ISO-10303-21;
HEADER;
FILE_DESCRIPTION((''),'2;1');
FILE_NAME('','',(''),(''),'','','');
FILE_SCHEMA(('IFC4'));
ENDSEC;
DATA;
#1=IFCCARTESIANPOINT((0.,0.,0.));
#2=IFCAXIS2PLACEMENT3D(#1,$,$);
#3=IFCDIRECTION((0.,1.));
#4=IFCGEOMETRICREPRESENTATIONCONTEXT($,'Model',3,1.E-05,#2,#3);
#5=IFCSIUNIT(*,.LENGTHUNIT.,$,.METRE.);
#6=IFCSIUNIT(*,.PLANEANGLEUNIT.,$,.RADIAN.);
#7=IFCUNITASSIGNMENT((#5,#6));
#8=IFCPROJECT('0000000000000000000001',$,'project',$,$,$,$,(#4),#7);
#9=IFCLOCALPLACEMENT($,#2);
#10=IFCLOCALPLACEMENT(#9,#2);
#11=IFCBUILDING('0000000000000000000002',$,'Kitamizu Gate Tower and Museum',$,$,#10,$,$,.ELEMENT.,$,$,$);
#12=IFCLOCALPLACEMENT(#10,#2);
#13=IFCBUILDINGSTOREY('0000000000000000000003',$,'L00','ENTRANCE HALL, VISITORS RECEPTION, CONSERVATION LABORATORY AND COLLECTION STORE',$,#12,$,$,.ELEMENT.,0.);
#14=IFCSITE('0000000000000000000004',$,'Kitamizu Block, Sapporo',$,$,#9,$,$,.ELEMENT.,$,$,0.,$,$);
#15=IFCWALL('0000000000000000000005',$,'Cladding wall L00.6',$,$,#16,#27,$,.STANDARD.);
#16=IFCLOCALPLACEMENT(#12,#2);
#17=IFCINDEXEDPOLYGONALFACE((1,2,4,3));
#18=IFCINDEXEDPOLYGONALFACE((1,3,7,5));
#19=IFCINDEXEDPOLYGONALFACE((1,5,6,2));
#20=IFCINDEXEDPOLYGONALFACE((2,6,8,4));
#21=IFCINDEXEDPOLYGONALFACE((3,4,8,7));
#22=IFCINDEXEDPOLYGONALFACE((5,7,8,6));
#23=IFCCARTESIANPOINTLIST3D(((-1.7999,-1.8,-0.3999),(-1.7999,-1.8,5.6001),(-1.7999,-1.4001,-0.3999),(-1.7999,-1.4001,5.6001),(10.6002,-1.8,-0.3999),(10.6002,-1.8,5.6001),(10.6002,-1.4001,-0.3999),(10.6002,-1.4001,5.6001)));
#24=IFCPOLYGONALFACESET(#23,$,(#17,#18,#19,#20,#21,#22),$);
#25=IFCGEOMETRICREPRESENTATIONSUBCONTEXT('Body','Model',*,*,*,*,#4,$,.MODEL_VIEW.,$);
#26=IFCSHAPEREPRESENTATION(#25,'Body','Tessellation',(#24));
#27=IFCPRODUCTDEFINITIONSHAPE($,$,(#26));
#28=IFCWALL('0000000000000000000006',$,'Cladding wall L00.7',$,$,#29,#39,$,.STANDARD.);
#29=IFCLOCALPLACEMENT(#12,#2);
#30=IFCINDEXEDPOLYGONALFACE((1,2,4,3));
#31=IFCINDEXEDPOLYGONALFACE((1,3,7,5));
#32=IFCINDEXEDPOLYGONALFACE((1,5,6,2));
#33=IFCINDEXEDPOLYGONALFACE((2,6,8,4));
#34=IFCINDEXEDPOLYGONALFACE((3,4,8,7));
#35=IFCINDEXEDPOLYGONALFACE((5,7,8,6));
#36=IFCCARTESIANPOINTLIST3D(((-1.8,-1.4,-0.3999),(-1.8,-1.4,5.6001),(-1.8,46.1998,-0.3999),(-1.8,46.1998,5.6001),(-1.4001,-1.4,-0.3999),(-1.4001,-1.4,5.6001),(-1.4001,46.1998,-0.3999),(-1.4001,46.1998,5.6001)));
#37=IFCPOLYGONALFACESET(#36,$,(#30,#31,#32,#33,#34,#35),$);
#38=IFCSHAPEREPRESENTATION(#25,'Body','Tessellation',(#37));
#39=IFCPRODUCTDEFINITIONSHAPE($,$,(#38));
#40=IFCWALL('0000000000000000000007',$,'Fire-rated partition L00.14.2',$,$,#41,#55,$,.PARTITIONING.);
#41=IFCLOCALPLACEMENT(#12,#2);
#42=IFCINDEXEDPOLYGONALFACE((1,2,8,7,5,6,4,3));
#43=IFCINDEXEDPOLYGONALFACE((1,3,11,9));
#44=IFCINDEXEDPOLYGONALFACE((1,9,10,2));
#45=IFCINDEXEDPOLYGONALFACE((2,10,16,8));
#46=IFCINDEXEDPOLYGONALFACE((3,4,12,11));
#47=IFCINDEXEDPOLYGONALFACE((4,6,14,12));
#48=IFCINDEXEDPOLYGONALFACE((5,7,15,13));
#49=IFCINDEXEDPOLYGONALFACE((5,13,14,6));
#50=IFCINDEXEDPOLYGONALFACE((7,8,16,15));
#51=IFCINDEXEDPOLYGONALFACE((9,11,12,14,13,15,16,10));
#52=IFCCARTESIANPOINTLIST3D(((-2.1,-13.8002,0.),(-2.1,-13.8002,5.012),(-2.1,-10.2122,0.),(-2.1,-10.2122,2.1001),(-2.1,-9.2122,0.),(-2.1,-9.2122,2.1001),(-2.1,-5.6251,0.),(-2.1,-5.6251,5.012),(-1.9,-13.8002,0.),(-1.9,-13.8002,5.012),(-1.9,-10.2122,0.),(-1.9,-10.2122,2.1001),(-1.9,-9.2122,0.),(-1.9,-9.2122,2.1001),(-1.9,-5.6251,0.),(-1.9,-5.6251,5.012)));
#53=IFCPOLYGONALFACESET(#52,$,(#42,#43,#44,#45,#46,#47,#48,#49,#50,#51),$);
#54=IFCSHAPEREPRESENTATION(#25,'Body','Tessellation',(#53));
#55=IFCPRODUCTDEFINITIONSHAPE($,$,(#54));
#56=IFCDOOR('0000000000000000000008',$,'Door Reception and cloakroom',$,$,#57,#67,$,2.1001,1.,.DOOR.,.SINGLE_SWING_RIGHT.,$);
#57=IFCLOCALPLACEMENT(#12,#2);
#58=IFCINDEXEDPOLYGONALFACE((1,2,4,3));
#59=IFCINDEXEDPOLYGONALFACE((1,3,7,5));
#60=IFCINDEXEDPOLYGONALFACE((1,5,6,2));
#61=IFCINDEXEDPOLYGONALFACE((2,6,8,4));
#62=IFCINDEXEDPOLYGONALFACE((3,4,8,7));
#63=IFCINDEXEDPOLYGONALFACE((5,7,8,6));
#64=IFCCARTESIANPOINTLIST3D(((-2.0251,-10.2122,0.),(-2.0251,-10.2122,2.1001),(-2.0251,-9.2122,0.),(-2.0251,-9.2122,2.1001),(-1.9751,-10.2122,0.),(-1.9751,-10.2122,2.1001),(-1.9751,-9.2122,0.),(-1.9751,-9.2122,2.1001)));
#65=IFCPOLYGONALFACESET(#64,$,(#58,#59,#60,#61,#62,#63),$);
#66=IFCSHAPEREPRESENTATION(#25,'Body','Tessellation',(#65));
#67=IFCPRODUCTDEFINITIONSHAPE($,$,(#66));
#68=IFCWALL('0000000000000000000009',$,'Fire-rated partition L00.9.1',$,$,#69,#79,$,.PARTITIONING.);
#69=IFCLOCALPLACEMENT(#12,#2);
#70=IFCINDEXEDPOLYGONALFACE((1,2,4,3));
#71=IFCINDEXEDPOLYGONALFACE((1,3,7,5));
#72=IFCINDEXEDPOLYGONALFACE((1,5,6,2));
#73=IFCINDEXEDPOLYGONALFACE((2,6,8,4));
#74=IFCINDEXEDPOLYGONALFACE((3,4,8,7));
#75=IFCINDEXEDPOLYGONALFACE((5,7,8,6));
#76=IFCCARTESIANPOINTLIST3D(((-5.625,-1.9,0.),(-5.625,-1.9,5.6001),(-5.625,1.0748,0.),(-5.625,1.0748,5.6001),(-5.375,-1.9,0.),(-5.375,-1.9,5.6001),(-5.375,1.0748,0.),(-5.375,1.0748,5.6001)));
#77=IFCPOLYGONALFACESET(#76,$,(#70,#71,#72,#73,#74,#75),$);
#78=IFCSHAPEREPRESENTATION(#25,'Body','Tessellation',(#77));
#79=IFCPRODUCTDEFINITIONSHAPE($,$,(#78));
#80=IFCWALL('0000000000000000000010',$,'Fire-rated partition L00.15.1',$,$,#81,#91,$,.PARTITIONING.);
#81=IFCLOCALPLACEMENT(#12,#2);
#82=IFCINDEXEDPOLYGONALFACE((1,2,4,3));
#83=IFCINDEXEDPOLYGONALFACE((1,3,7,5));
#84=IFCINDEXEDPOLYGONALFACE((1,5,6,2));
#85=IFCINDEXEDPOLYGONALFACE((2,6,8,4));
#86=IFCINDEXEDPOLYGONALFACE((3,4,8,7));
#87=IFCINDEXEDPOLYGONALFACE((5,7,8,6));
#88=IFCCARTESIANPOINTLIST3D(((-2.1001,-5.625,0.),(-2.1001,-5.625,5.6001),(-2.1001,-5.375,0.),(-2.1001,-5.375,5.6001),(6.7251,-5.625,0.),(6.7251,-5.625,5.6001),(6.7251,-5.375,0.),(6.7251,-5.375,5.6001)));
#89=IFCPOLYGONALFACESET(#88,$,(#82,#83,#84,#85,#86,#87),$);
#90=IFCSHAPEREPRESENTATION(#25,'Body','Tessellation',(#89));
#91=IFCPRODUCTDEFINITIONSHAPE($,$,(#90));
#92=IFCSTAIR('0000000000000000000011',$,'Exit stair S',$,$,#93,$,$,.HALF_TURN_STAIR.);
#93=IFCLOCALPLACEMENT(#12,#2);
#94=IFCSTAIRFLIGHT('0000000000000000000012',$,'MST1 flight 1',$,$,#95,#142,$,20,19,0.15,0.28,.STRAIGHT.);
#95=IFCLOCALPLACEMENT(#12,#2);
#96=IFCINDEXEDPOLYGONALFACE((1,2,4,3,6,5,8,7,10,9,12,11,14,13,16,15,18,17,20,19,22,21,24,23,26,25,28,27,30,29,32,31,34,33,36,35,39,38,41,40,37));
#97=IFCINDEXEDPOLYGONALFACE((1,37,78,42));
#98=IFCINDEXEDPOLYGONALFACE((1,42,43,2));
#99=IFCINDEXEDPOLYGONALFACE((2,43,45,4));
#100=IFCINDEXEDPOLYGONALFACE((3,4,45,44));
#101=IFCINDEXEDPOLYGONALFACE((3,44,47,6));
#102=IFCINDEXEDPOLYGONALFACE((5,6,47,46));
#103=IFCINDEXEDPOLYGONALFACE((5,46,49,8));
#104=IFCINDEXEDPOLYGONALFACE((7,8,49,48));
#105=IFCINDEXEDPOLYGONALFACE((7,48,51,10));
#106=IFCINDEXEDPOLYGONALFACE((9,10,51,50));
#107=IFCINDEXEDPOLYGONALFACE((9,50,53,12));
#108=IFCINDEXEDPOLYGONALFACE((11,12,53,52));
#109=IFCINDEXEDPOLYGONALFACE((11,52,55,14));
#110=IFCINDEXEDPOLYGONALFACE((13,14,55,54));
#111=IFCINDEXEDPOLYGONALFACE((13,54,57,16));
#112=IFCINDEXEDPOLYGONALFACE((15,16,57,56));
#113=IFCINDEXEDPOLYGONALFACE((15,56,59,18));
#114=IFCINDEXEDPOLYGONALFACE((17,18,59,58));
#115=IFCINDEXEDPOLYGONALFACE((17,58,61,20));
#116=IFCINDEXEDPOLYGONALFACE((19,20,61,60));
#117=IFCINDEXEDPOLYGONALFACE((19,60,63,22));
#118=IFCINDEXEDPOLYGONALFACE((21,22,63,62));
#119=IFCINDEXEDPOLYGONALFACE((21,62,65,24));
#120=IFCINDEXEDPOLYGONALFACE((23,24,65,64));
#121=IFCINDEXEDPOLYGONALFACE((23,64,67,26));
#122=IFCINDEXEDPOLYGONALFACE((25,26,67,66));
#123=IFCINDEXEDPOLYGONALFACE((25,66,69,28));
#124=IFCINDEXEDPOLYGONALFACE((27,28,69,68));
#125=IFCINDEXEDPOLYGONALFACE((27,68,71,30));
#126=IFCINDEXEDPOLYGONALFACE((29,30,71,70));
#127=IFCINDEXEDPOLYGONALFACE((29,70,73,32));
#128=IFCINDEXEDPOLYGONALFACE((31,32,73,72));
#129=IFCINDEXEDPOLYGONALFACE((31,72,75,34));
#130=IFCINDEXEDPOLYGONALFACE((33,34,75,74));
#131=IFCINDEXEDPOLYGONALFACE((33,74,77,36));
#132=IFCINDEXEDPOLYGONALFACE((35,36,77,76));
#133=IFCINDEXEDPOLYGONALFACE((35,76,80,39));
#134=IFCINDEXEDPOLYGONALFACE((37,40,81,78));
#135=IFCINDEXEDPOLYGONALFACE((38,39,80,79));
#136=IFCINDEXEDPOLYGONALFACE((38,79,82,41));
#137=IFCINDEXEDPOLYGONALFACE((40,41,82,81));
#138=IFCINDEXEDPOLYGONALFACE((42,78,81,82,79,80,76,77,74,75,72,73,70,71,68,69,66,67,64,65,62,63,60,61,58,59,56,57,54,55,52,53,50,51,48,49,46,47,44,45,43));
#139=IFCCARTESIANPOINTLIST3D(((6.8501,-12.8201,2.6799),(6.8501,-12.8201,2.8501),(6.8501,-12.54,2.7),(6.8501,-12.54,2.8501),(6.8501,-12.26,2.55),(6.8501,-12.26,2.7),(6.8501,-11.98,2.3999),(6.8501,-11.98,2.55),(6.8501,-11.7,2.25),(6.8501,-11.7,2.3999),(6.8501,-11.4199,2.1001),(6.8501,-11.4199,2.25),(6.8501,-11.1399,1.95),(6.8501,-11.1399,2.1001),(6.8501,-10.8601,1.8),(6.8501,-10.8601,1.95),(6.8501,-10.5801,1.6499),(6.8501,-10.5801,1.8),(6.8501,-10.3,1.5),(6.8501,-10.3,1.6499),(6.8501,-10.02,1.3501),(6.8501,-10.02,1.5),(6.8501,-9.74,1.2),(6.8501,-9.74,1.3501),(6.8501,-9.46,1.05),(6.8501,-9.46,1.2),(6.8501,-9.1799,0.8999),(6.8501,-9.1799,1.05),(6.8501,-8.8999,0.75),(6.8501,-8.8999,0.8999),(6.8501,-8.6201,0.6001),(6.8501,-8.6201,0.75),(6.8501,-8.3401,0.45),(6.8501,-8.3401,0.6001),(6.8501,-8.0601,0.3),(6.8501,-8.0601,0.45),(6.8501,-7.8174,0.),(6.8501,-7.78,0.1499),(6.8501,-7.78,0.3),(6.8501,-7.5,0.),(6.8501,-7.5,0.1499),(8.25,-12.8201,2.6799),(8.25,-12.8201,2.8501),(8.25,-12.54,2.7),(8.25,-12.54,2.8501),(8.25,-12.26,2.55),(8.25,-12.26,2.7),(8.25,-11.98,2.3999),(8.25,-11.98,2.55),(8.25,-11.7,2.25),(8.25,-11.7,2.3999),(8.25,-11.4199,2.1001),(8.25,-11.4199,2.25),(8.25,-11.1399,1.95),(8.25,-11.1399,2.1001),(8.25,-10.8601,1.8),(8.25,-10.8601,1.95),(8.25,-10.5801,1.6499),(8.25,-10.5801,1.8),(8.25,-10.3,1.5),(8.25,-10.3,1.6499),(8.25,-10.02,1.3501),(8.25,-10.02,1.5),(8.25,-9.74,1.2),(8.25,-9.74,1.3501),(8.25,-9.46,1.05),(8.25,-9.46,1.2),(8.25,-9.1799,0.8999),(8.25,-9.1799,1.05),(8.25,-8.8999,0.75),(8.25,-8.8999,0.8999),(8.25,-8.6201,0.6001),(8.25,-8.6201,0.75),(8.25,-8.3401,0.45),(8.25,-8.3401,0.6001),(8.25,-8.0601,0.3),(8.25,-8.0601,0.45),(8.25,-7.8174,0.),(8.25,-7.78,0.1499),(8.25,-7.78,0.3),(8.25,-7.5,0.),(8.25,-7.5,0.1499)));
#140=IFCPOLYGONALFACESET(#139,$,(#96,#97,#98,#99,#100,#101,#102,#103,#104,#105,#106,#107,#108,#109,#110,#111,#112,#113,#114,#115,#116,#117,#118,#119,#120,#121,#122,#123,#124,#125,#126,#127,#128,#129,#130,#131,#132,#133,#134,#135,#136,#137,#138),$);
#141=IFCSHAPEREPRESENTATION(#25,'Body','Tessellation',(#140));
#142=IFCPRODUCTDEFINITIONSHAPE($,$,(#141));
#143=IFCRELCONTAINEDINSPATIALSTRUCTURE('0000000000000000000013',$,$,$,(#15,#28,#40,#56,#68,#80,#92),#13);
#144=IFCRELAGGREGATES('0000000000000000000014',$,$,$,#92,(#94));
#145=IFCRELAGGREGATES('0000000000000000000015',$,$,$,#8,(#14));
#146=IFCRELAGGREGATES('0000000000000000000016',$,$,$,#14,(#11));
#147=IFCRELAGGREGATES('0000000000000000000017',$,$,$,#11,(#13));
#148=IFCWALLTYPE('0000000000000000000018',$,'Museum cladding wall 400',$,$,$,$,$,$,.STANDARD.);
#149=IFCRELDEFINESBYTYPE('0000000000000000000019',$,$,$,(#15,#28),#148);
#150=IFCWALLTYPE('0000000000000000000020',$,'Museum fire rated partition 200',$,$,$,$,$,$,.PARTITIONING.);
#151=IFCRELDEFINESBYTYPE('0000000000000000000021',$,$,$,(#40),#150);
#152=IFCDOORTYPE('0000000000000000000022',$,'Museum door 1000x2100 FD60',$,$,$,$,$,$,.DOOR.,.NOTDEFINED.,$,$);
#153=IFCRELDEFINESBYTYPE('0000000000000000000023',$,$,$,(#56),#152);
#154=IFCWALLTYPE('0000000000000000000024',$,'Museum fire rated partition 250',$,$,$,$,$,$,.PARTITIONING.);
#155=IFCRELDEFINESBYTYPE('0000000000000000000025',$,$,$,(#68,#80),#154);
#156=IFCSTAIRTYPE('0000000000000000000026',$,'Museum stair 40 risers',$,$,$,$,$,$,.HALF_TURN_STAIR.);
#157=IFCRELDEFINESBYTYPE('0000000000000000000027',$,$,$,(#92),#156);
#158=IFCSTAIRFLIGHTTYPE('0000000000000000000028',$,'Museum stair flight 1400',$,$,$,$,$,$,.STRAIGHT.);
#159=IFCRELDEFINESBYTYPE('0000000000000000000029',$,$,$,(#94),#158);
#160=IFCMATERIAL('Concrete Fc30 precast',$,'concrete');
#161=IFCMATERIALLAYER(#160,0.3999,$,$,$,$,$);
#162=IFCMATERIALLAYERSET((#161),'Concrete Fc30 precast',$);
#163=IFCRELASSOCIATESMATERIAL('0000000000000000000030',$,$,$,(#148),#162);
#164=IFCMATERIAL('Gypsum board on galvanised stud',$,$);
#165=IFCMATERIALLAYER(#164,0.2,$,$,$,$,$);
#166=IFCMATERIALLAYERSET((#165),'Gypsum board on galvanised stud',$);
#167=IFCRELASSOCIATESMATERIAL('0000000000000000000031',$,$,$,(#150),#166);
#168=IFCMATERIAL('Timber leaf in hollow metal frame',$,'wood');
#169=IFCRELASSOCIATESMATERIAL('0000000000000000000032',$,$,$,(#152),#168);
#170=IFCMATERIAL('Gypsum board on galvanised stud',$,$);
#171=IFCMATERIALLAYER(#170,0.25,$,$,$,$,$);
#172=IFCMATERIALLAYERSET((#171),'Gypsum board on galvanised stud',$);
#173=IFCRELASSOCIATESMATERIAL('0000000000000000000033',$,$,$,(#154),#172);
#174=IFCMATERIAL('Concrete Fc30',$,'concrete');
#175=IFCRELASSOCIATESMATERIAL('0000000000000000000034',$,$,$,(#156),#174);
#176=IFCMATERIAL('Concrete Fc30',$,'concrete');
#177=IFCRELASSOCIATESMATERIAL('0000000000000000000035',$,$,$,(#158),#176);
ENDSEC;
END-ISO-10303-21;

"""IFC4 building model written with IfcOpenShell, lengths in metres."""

from ifc_helpers import new_model, si_unit, direction, frame, frame_2d, origin, place, context, subcontext, project, spatial, polyline, rectangle, outline, extrude, material, layer, layer_set, type_object, element, fill, aggregate, save


model = new_model("IFC4")

# Units and contexts
model_context = context("Model", 3, precision=1e-05, world=origin(), true_north=direction((0.0, 1.0)))
body_context = subcontext(model_context, "Body", "Model", "MODEL_VIEW")
ifc_project = project(units=[si_unit("LENGTHUNIT", "METRE"), si_unit("PLANEANGLEUNIT", "RADIAN")], contexts=[model_context])

# Site, building, storey
site_placement = place(None, origin())
site = spatial("IfcSite", under=ifc_project, at=site_placement, Name="Kitamizu Block, Sapporo", CompositionType="ELEMENT", RefElevation=0.0)
building_placement = place(site_placement, origin())
building = spatial("IfcBuilding", under=site, at=building_placement, Name="Kitamizu Gate Tower and Museum", CompositionType="ELEMENT")
storey_placement = place(building_placement, origin())
storey = spatial("IfcBuildingStorey", under=building, at=storey_placement, Name="L00", Description="ENTRANCE HALL, VISITORS RECEPTION, CONSERVATION LABORATORY AND COLLECTION STORE", CompositionType="ELEMENT", Elevation=0.0)

# Walls
ifc_material_1 = material(Name="Concrete Fc30 precast", Category="concrete")
ifc_layer_1 = layer(ifc_material_1, 0.3999)
ifc_layer_set_1 = layer_set([ifc_layer_1], Name="Concrete Fc30 precast")
wall_type_1 = type_object("IfcWallType", Name="Museum cladding wall 400", PredefinedType="STANDARD", material=ifc_layer_set_1)
wall_1_placement = place(storey_placement, frame((-1.8, -1.6001, -0.3999), z_axis=(0.0, 0.0, 1.0), x_axis=(1.0, 0.0, 0.0)))
element("IfcWall", 1, at=wall_1_placement, inside=storey, type_object=wall_type_1, Name="Cladding wall L00.6", PredefinedType="STANDARD", context=body_context, shape_type="SweptSolid", body=[
    extrude(rectangle(XDim=12.4001, YDim=0.3999, at=frame_2d((6.2002, 0.0))), origin(), (0.0, 0.0, 1.0), 6.0),
])
wall_2_placement = place(storey_placement, frame((-1.6001, -1.3999, -0.3999), z_axis=(0.0, 0.0, 1.0), x_axis=(0.0, 1.0, 0.0)))
element("IfcWall", 2, at=wall_2_placement, inside=storey, type_object=wall_type_1, Name="Cladding wall L00.7", PredefinedType="STANDARD", context=body_context, shape_type="SweptSolid", body=[
    extrude(rectangle(XDim=47.5999, YDim=0.3999, at=frame_2d((23.7998, 0.0))), origin(), (0.0, 0.0, 1.0), 6.0),
])

# Wall, opening, door
ifc_material_2 = material(Name="Gypsum board on galvanised stud")
ifc_layer_2 = layer(ifc_material_2, 0.2)
ifc_layer_set_2 = layer_set([ifc_layer_2], Name="Gypsum board on galvanised stud")
wall_type_2 = type_object("IfcWallType", Name="Museum fire rated partition 200", PredefinedType="PARTITIONING", material=ifc_layer_set_2)
wall_3_placement = place(storey_placement, frame((-2.0, -13.8, 0.0), z_axis=(0.0, 0.0, 1.0), x_axis=(0.0, 1.0, 0.0)))
wall_3 = element("IfcWall", 3, at=wall_3_placement, inside=storey, type_object=wall_type_2, Name="Fire-rated partition L00.14.2", PredefinedType="PARTITIONING", context=body_context, shape_type="SweptSolid", body=[
    extrude(rectangle(XDim=8.175, YDim=0.2, at=frame_2d((4.0874, 0.0))), origin(), (0.0, 0.0, 1.0), 5.012),
])
opening_1_placement = place(wall_3_placement, frame((3.5879, 0.0, 0.0)))
opening_1 = element("IfcOpeningElement", 4, at=opening_1_placement, cuts=wall_3, PredefinedType="OPENING", context=body_context, shape_type="SweptSolid", body=[
    extrude(rectangle(XDim=1.0, YDim=2.1001, at=frame_2d((0.5, 1.05))), frame((0.0, 0.1099, 0.0), z_axis=(0.0, -1.0, 0.0), x_axis=(1.0, 0.0, 0.0)), (0.0, 0.0, 1.0), 0.22),
])
ifc_material_3 = material(Name="Timber leaf in hollow metal frame", Category="wood")
door_type_1 = type_object("IfcDoorType", Name="Museum door 1000x2100 FD60", OperationType="NOTDEFINED", PredefinedType="DOOR", material=ifc_material_3)
door_1_placement = place(opening_1_placement, frame((1.0, 0.0, 0.0), x_axis=(-1.0, 0.0, 0.0)))
door_1 = element("IfcDoor", 5, at=door_1_placement, inside=storey, type_object=door_type_1, Name="Door Reception and cloakroom", OperationType="SINGLE_SWING_RIGHT", OverallHeight=2.1001, OverallWidth=1.0, PredefinedType="DOOR", context=body_context, shape_type="SweptSolid", body=[
    extrude(rectangle(XDim=1.0, YDim=2.1001, at=frame_2d((0.5, 1.05))), frame((0.0, 0.0249, 0.0), z_axis=(0.0, -1.0, 0.0), x_axis=(1.0, 0.0, 0.0)), (0.0, 0.0, 1.0), 0.05),
])
fill(opening_1, door_1)

# Walls
ifc_material_4 = material(Name="Gypsum board on galvanised stud")
ifc_layer_3 = layer(ifc_material_4, 0.25)
ifc_layer_set_3 = layer_set([ifc_layer_3], Name="Gypsum board on galvanised stud")
wall_type_3 = type_object("IfcWallType", Name="Museum fire rated partition 250", PredefinedType="PARTITIONING", material=ifc_layer_set_3)
wall_4_placement = place(storey_placement, frame((-5.5, -1.8999, 0.0), z_axis=(0.0, 0.0, 1.0), x_axis=(0.0, 1.0, 0.0)))
element("IfcWall", 6, at=wall_4_placement, inside=storey, type_object=wall_type_3, Name="Fire-rated partition L00.9.1", PredefinedType="PARTITIONING", context=body_context, shape_type="SweptSolid", body=[
    extrude(rectangle(XDim=2.9749, YDim=0.25, at=frame_2d((1.4873, 0.0))), origin(), (0.0, 0.0, 1.0), 5.6001),
])
wall_5_placement = place(storey_placement, frame((-2.1001, -5.5, 0.0), z_axis=(0.0, 0.0, 1.0), x_axis=(1.0, 0.0, 0.0)))
element("IfcWall", 7, at=wall_5_placement, inside=storey, type_object=wall_type_3, Name="Fire-rated partition L00.15.1", PredefinedType="PARTITIONING", context=body_context, shape_type="SweptSolid", body=[
    extrude(rectangle(XDim=8.8252, YDim=0.25, at=frame_2d((4.4126, 0.0))), origin(), (0.0, 0.0, 1.0), 5.6001),
])

# Stair, stair flight
ifc_material_5 = material(Name="Concrete Fc30", Category="concrete")
stair_type = type_object("IfcStairType", Name="Museum stair 40 risers", PredefinedType="HALF_TURN_STAIR", material=ifc_material_5)
stair_placement = place(storey_placement, origin())
stair = element("IfcStair", 8, at=stair_placement, inside=storey, type_object=stair_type, Name="Exit stair S", PredefinedType="HALF_TURN_STAIR")
ifc_material_6 = material(Name="Concrete Fc30", Category="concrete")
stair_flight_type = type_object("IfcStairFlightType", Name="Museum stair flight 1400", PredefinedType="STRAIGHT", material=ifc_material_6)
stair_flight_1_placement = place(storey_placement, frame((7.55, -7.5, 0.0), z_axis=(0.0, 0.0, 1.0), x_axis=(0.0, -1.0, 0.0)))
stair_flight_1 = element("IfcStairFlight", 9, at=stair_flight_1_placement, type_object=stair_flight_type, Name="MST1 flight 1", NumberOfRisers=20, NumberOfTreads=19, PredefinedType="STRAIGHT", RiserHeight=0.15, TreadLength=0.28, context=body_context, shape_type="SweptSolid", body=[
    extrude(outline(polyline([(0.0, 0.0), (0.0, 0.1499), (0.28, 0.1499), (0.28, 0.3), (0.5601, 0.3), (0.5601, 0.45), (0.8401, 0.45), (0.8401, 0.6001), (1.1201, 0.6001), (1.1201, 0.75), (1.3999, 0.75), (1.3999, 0.8999), (1.6799, 0.8999), (1.6799, 1.05), (1.96, 1.05), (1.96, 1.2), (2.24, 1.2), (2.24, 1.3501), (2.52, 1.3501), (2.52, 1.5), (2.8, 1.5), (2.8, 1.6499), (3.0801, 1.6499), (3.0801, 1.8), (3.3601, 1.8), (3.3601, 1.95), (3.6399, 1.95), (3.6399, 2.1001), (3.9199, 2.1001), (3.9199, 2.25), (4.2, 2.25), (4.2, 2.3999), (4.48, 2.3999), (4.48, 2.55), (4.76, 2.55), (4.76, 2.7), (5.04, 2.7), (5.04, 2.8501), (5.3201, 2.8501), (5.3201, 3.0), (5.3201, 2.6799), (0.3174, 0.0), (0.0, 0.0)])), frame((0.0, 0.7, 0.0), z_axis=(0.0, -1.0, 0.0), x_axis=(1.0, 0.0, 0.0)), (0.0, 0.0, 1.0), 1.3999),
])
aggregate(stair, [stair_flight_1])

save(model, "model.ifc")
